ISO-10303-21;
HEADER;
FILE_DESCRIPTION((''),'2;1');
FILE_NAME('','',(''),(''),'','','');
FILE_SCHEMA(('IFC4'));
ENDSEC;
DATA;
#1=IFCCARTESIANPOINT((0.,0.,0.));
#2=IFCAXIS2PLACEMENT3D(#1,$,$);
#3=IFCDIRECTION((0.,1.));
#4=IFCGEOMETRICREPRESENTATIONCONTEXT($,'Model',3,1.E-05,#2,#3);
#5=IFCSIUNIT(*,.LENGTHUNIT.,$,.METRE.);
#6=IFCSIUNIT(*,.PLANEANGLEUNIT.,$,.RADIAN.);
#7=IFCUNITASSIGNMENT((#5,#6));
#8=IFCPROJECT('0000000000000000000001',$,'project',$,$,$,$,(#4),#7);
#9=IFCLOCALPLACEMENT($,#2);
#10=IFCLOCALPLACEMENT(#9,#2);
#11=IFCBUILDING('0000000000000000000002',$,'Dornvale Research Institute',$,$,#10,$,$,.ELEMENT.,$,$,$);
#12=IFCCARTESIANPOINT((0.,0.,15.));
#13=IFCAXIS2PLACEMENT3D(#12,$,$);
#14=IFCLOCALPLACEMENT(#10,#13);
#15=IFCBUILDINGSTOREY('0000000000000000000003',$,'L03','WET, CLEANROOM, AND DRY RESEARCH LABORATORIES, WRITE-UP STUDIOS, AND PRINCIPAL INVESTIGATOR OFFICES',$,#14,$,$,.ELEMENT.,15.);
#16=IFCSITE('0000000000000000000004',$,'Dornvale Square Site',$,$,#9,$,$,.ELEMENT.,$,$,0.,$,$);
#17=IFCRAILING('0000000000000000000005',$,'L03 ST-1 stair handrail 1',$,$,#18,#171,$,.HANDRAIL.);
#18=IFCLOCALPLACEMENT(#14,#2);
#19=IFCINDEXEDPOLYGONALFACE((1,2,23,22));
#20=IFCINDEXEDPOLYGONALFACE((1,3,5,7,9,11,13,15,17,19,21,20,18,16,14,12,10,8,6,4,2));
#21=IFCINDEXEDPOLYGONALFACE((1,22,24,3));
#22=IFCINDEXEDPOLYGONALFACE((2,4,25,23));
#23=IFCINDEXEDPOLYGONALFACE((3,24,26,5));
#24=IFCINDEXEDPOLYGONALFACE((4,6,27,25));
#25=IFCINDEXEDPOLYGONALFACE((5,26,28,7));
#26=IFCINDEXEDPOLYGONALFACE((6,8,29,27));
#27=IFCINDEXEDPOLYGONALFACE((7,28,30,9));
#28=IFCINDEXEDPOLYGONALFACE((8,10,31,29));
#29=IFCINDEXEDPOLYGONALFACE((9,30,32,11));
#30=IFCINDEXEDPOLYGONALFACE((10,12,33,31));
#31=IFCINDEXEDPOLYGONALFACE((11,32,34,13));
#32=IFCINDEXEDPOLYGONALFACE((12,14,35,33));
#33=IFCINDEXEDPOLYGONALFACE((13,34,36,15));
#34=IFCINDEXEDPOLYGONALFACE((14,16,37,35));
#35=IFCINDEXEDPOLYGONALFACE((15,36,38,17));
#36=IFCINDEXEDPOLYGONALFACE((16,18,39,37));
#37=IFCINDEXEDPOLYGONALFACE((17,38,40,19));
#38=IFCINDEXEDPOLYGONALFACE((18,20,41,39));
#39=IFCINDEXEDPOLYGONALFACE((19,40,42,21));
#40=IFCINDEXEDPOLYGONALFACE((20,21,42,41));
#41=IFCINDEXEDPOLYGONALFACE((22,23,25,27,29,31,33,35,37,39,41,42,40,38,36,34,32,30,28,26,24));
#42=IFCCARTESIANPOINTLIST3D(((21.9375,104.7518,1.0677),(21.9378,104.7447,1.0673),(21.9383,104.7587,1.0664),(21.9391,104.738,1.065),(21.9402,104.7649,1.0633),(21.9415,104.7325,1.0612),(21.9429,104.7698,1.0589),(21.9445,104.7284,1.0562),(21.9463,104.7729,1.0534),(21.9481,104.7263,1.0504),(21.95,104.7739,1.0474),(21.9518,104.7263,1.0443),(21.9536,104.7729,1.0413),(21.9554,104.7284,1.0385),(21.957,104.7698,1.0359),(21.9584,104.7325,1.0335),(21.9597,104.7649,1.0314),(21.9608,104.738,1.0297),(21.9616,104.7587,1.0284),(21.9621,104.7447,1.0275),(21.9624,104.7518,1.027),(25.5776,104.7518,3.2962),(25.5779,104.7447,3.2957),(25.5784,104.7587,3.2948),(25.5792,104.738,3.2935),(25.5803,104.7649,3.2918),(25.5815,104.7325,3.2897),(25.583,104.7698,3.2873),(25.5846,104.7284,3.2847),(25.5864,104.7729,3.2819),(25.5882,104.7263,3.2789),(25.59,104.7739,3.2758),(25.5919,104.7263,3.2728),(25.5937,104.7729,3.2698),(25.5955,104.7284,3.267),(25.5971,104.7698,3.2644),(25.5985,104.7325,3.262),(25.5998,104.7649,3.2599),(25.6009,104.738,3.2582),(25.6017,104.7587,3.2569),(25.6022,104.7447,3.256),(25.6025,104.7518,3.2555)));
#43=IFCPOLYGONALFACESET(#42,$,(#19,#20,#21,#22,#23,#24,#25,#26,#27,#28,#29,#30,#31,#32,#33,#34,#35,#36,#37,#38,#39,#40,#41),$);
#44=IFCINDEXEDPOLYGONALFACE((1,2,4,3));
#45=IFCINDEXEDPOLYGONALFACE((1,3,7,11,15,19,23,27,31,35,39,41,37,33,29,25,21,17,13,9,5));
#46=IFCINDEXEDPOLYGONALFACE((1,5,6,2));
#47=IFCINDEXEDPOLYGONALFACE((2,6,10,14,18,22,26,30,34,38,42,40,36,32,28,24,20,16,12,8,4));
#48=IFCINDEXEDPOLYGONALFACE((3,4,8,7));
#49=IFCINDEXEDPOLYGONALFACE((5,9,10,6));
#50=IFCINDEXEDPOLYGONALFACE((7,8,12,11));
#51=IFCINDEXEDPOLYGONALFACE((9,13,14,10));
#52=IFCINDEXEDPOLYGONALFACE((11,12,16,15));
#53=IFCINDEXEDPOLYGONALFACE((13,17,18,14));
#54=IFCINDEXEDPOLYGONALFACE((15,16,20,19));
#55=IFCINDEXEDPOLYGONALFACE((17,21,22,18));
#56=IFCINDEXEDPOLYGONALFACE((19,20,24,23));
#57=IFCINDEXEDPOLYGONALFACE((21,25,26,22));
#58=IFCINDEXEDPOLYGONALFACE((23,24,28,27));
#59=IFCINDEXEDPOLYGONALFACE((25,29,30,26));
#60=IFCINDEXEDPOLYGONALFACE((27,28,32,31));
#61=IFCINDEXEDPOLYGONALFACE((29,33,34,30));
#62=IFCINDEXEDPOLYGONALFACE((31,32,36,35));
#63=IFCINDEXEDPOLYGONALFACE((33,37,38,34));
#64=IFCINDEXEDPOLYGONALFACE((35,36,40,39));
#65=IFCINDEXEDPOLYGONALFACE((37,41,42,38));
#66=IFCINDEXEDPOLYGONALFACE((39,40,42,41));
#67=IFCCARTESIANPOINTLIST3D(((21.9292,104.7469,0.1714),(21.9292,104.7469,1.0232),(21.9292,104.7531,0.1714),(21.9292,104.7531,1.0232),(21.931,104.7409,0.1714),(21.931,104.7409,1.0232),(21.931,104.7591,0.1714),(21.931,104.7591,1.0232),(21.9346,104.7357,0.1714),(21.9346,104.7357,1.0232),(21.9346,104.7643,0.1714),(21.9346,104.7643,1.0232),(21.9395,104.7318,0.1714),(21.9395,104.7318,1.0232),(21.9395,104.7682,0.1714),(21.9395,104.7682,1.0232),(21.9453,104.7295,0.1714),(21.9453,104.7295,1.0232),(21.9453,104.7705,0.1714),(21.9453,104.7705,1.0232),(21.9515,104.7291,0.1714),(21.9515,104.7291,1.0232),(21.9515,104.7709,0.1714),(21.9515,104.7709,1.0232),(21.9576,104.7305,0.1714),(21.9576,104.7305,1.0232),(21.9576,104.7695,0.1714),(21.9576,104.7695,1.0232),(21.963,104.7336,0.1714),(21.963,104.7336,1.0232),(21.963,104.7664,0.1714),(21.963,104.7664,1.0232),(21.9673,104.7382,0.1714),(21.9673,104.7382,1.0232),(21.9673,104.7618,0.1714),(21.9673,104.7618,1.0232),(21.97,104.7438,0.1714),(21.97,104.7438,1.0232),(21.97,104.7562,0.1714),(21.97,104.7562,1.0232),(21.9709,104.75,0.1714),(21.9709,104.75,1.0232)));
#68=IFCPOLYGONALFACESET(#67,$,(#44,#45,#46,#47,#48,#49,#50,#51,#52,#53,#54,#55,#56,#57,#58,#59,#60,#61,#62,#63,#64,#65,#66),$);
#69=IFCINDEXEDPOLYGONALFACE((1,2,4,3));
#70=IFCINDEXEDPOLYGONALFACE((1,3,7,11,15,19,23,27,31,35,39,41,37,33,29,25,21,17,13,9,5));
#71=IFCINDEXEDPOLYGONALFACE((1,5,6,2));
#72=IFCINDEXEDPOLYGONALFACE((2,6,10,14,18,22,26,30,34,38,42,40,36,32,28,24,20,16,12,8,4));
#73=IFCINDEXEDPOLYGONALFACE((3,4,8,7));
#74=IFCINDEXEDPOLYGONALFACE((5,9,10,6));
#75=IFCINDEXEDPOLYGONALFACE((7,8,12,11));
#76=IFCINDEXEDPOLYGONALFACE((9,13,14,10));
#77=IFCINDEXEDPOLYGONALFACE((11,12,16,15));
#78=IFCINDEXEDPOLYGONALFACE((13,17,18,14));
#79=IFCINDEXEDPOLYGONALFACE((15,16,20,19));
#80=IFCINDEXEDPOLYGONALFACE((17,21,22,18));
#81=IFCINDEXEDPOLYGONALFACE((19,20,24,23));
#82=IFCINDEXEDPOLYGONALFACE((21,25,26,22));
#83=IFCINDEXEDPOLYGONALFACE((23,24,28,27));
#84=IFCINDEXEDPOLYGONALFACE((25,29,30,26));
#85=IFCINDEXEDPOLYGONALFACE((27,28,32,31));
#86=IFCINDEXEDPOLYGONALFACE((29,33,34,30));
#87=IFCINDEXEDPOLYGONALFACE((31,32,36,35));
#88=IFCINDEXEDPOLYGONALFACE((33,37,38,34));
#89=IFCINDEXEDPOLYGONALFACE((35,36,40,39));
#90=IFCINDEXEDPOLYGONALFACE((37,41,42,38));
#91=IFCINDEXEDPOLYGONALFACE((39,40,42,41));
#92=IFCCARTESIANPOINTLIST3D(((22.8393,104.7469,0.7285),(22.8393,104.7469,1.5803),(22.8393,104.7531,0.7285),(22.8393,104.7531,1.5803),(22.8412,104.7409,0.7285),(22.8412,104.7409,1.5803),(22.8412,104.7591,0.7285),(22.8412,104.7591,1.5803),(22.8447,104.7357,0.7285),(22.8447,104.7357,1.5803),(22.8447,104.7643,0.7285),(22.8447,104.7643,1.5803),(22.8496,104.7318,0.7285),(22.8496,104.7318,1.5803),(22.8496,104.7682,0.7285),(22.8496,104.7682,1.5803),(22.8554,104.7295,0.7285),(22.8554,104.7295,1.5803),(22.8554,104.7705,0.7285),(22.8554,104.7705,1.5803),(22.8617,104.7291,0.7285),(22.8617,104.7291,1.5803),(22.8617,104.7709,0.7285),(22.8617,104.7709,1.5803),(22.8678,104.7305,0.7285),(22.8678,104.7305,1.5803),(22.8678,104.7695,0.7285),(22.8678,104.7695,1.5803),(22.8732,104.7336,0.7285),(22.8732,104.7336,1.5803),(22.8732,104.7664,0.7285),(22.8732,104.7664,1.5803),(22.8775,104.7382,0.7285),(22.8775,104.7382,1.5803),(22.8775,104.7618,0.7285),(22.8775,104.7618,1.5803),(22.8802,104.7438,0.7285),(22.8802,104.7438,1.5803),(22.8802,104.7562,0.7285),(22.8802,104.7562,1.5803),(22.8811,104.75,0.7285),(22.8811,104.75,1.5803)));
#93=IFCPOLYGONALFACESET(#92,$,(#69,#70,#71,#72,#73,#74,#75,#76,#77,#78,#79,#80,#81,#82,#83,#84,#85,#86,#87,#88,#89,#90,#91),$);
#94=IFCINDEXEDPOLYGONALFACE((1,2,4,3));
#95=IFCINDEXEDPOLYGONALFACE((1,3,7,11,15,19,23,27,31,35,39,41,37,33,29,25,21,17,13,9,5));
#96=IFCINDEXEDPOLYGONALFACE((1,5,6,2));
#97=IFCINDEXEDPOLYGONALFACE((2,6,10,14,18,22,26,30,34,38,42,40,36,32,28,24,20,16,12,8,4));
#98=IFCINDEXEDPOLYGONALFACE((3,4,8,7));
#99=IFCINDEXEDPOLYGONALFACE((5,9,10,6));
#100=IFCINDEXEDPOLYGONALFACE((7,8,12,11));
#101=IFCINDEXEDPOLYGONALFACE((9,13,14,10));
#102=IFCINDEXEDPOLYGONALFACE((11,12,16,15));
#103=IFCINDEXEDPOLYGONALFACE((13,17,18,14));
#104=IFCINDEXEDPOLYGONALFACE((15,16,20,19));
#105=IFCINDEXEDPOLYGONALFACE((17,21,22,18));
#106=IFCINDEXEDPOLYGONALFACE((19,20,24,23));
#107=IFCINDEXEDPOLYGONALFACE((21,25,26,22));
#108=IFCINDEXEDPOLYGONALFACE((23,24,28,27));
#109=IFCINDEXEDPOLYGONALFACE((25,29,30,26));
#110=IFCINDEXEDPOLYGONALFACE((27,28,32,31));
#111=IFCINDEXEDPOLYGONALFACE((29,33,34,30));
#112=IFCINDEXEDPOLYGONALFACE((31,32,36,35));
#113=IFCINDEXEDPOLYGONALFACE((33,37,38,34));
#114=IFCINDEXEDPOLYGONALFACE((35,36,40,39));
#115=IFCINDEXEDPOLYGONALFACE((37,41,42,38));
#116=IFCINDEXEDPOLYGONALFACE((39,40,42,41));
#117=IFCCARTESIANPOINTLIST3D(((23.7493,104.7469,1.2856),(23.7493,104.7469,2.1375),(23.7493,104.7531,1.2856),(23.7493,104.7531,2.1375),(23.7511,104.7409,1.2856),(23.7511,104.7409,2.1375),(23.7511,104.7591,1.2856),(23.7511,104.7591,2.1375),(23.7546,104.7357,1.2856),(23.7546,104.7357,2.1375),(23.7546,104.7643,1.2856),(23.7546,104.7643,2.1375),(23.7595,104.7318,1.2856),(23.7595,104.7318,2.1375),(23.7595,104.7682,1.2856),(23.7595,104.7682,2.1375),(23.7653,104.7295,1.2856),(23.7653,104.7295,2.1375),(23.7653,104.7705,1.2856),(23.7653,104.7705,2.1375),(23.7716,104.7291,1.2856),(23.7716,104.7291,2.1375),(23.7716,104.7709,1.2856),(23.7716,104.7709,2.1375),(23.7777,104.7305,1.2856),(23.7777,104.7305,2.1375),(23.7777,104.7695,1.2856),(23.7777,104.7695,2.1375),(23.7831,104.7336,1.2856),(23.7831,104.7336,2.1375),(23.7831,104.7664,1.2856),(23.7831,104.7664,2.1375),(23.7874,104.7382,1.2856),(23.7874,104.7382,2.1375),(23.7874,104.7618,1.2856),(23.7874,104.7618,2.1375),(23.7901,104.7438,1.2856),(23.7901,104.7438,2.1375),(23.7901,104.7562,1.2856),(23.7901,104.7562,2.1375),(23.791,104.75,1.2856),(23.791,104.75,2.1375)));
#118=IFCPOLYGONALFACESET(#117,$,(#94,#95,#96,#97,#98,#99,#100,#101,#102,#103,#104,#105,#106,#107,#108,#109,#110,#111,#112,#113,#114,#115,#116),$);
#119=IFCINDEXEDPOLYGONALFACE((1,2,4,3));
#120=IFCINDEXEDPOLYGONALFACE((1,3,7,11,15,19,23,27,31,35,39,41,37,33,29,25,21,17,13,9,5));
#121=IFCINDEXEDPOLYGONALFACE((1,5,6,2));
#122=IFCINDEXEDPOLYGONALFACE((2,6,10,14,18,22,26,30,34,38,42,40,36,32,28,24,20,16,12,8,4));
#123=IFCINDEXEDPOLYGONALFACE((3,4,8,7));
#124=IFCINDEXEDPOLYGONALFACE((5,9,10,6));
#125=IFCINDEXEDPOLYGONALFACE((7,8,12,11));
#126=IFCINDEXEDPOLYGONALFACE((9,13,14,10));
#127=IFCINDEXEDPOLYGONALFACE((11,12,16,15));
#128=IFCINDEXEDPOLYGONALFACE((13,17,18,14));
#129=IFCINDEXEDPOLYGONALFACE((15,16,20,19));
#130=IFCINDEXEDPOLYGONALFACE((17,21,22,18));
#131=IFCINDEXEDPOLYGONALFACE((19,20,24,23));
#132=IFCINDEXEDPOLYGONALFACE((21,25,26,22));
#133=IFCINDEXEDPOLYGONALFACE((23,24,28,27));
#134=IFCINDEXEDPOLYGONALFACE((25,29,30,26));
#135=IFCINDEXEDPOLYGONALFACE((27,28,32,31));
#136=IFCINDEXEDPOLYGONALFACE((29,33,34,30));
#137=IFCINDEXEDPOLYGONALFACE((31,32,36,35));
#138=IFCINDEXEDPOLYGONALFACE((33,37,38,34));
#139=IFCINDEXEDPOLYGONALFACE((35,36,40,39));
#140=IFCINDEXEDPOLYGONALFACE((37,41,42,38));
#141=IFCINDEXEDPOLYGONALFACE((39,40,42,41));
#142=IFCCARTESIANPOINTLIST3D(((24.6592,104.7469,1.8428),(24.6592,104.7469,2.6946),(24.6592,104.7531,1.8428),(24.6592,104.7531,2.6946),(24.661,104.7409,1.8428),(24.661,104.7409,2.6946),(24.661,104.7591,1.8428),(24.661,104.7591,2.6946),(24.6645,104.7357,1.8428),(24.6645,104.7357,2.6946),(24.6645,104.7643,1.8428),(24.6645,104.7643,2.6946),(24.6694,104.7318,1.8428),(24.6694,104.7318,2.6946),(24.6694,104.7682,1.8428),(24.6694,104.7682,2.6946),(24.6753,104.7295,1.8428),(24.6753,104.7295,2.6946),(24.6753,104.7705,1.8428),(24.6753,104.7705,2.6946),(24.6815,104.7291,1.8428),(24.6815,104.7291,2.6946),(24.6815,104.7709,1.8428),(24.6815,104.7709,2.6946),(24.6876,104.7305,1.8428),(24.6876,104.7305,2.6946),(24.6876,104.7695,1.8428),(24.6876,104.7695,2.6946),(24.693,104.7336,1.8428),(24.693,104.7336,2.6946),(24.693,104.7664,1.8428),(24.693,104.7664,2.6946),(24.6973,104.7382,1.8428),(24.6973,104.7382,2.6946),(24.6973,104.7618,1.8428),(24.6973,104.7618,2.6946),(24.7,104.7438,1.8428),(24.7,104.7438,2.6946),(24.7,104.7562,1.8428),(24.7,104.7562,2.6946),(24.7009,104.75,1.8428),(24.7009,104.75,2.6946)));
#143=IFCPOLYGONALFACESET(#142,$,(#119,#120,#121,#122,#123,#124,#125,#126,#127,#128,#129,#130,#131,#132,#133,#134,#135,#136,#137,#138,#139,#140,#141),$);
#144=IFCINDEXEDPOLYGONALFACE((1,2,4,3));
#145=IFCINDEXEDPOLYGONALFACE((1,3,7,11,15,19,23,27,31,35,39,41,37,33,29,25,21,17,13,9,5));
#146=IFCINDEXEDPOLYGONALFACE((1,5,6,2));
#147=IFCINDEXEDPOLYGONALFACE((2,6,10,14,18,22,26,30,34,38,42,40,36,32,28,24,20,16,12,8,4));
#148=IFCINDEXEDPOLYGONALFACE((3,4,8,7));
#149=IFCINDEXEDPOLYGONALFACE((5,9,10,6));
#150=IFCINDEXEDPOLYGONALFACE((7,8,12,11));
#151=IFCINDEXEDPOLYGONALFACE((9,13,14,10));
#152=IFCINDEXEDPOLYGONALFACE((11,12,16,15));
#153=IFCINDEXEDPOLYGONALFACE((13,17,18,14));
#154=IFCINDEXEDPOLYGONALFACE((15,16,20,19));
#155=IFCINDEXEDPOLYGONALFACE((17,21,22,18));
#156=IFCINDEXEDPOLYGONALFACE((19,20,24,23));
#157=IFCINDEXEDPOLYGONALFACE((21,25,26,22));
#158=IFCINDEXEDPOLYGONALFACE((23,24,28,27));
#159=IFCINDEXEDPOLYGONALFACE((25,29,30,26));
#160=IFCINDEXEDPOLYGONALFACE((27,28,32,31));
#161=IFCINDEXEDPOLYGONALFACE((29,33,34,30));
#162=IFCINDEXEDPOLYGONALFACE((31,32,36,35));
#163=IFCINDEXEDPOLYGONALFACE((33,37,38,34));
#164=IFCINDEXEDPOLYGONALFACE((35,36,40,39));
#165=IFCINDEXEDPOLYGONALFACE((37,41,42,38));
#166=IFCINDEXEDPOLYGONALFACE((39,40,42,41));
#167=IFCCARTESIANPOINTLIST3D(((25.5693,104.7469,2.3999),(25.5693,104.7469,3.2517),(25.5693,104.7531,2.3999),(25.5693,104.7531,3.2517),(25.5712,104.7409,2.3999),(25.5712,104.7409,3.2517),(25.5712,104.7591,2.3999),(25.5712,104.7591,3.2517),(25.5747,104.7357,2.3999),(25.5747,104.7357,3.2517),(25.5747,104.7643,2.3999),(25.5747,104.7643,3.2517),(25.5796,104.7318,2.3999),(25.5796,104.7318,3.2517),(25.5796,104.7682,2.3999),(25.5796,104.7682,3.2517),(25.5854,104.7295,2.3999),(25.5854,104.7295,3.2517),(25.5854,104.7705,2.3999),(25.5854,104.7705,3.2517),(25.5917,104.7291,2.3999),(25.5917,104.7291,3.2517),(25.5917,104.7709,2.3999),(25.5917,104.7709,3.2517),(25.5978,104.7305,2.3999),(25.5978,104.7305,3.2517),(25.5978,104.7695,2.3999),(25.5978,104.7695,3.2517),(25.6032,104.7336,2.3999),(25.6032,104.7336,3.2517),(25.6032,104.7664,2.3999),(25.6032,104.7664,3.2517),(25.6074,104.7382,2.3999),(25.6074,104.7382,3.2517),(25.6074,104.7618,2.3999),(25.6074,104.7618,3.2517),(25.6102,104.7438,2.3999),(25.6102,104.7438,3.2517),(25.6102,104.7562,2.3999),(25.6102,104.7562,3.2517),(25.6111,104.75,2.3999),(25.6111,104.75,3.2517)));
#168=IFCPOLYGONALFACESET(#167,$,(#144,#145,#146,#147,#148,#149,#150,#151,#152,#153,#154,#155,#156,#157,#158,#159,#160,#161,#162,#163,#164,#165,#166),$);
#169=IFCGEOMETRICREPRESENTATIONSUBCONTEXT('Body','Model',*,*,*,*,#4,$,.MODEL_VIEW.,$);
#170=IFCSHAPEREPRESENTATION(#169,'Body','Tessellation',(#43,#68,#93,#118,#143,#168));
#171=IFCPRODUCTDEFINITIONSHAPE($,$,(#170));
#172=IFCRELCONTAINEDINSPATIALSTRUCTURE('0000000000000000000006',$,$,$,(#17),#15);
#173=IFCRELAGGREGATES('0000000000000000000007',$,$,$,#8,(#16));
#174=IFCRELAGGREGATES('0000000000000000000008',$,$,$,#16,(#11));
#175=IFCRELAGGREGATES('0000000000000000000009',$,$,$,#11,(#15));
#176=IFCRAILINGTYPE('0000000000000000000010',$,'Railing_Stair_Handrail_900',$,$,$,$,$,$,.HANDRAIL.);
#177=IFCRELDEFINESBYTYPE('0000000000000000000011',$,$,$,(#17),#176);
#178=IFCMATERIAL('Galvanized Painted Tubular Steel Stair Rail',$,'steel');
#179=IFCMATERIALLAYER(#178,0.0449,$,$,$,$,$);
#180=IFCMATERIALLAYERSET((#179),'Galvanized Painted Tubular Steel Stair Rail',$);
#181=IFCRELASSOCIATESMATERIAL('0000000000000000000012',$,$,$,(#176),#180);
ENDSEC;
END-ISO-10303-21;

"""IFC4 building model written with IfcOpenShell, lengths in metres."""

from ifc_helpers import new_model, si_unit, direction, frame, origin, origin_2d, place, context, subcontext, project, spatial, circle, extrude, material, layer, layer_set, type_object, element, save


model = new_model("IFC4")

# Units and contexts
model_context = context("Model", 3, precision=1e-05, world=origin(), true_north=direction((0.0, 1.0)))
body_context = subcontext(model_context, "Body", "Model", "MODEL_VIEW")
ifc_project = project(units=[si_unit("LENGTHUNIT", "METRE"), si_unit("PLANEANGLEUNIT", "RADIAN")], contexts=[model_context])

# Site, building, storey
site_placement = place(None, origin())
site = spatial("IfcSite", under=ifc_project, at=site_placement, Name="Dornvale Square Site", CompositionType="ELEMENT", RefElevation=0.0)
building_placement = place(site_placement, origin())
building = spatial("IfcBuilding", under=site, at=building_placement, Name="Dornvale Research Institute", CompositionType="ELEMENT")
storey_placement = place(building_placement, frame((0.0, 0.0, 15.0)))
storey = spatial("IfcBuildingStorey", under=building, at=storey_placement, Name="L03", Description="WET, CLEANROOM, AND DRY RESEARCH LABORATORIES, WRITE-UP STUDIOS, AND PRINCIPAL INVESTIGATOR OFFICES", CompositionType="ELEMENT", Elevation=15.0)

# Railing
ifc_material_1 = material(Name="Galvanized Painted Tubular Steel Stair Rail", Category="steel")
ifc_layer_1 = layer(ifc_material_1, 0.0449)
ifc_layer_set_1 = layer_set([ifc_layer_1], Name="Galvanized Painted Tubular Steel Stair Rail")
railing_type_1 = type_object("IfcRailingType", Name="Railing_Stair_Handrail_900", PredefinedType="HANDRAIL", material=ifc_layer_set_1)
railing_1_placement = place(storey_placement, frame((21.95, 104.75, 0.1714)))
element("IfcRailing", 1, at=railing_1_placement, inside=storey, type_object=railing_type_1, Name="L03 ST-1 stair handrail 1", PredefinedType="HANDRAIL", context=body_context, shape_type="SweptSolid", body=[
    extrude(circle(Radius=0.0239, at=origin_2d()), frame((0.0, 0.0, 0.876), z_axis=(0.852866, 0.0, 0.52213), x_axis=(0.0, 1.0, 0.0)), (0.0, 0.0, 1.0), 4.2681),
    extrude(circle(Radius=0.021, at=origin_2d()), origin(), (0.0, 0.0, 1.0), 0.8518),
    extrude(circle(Radius=0.021, at=origin_2d()), frame((0.9102, 0.0, 0.5571)), (0.0, 0.0, 1.0), 0.8518),
    extrude(circle(Radius=0.021, at=origin_2d()), frame((1.8201, 0.0, 1.1143)), (0.0, 0.0, 1.0), 0.8518),
    extrude(circle(Radius=0.021, at=origin_2d()), frame((2.73, 0.0, 1.6714)), (0.0, 0.0, 1.0), 0.8518),
    extrude(circle(Radius=0.021, at=origin_2d()), frame((3.6401, 0.0, 2.2285)), (0.0, 0.0, 1.0), 0.8518),
])

save(model, "model.ifc")
